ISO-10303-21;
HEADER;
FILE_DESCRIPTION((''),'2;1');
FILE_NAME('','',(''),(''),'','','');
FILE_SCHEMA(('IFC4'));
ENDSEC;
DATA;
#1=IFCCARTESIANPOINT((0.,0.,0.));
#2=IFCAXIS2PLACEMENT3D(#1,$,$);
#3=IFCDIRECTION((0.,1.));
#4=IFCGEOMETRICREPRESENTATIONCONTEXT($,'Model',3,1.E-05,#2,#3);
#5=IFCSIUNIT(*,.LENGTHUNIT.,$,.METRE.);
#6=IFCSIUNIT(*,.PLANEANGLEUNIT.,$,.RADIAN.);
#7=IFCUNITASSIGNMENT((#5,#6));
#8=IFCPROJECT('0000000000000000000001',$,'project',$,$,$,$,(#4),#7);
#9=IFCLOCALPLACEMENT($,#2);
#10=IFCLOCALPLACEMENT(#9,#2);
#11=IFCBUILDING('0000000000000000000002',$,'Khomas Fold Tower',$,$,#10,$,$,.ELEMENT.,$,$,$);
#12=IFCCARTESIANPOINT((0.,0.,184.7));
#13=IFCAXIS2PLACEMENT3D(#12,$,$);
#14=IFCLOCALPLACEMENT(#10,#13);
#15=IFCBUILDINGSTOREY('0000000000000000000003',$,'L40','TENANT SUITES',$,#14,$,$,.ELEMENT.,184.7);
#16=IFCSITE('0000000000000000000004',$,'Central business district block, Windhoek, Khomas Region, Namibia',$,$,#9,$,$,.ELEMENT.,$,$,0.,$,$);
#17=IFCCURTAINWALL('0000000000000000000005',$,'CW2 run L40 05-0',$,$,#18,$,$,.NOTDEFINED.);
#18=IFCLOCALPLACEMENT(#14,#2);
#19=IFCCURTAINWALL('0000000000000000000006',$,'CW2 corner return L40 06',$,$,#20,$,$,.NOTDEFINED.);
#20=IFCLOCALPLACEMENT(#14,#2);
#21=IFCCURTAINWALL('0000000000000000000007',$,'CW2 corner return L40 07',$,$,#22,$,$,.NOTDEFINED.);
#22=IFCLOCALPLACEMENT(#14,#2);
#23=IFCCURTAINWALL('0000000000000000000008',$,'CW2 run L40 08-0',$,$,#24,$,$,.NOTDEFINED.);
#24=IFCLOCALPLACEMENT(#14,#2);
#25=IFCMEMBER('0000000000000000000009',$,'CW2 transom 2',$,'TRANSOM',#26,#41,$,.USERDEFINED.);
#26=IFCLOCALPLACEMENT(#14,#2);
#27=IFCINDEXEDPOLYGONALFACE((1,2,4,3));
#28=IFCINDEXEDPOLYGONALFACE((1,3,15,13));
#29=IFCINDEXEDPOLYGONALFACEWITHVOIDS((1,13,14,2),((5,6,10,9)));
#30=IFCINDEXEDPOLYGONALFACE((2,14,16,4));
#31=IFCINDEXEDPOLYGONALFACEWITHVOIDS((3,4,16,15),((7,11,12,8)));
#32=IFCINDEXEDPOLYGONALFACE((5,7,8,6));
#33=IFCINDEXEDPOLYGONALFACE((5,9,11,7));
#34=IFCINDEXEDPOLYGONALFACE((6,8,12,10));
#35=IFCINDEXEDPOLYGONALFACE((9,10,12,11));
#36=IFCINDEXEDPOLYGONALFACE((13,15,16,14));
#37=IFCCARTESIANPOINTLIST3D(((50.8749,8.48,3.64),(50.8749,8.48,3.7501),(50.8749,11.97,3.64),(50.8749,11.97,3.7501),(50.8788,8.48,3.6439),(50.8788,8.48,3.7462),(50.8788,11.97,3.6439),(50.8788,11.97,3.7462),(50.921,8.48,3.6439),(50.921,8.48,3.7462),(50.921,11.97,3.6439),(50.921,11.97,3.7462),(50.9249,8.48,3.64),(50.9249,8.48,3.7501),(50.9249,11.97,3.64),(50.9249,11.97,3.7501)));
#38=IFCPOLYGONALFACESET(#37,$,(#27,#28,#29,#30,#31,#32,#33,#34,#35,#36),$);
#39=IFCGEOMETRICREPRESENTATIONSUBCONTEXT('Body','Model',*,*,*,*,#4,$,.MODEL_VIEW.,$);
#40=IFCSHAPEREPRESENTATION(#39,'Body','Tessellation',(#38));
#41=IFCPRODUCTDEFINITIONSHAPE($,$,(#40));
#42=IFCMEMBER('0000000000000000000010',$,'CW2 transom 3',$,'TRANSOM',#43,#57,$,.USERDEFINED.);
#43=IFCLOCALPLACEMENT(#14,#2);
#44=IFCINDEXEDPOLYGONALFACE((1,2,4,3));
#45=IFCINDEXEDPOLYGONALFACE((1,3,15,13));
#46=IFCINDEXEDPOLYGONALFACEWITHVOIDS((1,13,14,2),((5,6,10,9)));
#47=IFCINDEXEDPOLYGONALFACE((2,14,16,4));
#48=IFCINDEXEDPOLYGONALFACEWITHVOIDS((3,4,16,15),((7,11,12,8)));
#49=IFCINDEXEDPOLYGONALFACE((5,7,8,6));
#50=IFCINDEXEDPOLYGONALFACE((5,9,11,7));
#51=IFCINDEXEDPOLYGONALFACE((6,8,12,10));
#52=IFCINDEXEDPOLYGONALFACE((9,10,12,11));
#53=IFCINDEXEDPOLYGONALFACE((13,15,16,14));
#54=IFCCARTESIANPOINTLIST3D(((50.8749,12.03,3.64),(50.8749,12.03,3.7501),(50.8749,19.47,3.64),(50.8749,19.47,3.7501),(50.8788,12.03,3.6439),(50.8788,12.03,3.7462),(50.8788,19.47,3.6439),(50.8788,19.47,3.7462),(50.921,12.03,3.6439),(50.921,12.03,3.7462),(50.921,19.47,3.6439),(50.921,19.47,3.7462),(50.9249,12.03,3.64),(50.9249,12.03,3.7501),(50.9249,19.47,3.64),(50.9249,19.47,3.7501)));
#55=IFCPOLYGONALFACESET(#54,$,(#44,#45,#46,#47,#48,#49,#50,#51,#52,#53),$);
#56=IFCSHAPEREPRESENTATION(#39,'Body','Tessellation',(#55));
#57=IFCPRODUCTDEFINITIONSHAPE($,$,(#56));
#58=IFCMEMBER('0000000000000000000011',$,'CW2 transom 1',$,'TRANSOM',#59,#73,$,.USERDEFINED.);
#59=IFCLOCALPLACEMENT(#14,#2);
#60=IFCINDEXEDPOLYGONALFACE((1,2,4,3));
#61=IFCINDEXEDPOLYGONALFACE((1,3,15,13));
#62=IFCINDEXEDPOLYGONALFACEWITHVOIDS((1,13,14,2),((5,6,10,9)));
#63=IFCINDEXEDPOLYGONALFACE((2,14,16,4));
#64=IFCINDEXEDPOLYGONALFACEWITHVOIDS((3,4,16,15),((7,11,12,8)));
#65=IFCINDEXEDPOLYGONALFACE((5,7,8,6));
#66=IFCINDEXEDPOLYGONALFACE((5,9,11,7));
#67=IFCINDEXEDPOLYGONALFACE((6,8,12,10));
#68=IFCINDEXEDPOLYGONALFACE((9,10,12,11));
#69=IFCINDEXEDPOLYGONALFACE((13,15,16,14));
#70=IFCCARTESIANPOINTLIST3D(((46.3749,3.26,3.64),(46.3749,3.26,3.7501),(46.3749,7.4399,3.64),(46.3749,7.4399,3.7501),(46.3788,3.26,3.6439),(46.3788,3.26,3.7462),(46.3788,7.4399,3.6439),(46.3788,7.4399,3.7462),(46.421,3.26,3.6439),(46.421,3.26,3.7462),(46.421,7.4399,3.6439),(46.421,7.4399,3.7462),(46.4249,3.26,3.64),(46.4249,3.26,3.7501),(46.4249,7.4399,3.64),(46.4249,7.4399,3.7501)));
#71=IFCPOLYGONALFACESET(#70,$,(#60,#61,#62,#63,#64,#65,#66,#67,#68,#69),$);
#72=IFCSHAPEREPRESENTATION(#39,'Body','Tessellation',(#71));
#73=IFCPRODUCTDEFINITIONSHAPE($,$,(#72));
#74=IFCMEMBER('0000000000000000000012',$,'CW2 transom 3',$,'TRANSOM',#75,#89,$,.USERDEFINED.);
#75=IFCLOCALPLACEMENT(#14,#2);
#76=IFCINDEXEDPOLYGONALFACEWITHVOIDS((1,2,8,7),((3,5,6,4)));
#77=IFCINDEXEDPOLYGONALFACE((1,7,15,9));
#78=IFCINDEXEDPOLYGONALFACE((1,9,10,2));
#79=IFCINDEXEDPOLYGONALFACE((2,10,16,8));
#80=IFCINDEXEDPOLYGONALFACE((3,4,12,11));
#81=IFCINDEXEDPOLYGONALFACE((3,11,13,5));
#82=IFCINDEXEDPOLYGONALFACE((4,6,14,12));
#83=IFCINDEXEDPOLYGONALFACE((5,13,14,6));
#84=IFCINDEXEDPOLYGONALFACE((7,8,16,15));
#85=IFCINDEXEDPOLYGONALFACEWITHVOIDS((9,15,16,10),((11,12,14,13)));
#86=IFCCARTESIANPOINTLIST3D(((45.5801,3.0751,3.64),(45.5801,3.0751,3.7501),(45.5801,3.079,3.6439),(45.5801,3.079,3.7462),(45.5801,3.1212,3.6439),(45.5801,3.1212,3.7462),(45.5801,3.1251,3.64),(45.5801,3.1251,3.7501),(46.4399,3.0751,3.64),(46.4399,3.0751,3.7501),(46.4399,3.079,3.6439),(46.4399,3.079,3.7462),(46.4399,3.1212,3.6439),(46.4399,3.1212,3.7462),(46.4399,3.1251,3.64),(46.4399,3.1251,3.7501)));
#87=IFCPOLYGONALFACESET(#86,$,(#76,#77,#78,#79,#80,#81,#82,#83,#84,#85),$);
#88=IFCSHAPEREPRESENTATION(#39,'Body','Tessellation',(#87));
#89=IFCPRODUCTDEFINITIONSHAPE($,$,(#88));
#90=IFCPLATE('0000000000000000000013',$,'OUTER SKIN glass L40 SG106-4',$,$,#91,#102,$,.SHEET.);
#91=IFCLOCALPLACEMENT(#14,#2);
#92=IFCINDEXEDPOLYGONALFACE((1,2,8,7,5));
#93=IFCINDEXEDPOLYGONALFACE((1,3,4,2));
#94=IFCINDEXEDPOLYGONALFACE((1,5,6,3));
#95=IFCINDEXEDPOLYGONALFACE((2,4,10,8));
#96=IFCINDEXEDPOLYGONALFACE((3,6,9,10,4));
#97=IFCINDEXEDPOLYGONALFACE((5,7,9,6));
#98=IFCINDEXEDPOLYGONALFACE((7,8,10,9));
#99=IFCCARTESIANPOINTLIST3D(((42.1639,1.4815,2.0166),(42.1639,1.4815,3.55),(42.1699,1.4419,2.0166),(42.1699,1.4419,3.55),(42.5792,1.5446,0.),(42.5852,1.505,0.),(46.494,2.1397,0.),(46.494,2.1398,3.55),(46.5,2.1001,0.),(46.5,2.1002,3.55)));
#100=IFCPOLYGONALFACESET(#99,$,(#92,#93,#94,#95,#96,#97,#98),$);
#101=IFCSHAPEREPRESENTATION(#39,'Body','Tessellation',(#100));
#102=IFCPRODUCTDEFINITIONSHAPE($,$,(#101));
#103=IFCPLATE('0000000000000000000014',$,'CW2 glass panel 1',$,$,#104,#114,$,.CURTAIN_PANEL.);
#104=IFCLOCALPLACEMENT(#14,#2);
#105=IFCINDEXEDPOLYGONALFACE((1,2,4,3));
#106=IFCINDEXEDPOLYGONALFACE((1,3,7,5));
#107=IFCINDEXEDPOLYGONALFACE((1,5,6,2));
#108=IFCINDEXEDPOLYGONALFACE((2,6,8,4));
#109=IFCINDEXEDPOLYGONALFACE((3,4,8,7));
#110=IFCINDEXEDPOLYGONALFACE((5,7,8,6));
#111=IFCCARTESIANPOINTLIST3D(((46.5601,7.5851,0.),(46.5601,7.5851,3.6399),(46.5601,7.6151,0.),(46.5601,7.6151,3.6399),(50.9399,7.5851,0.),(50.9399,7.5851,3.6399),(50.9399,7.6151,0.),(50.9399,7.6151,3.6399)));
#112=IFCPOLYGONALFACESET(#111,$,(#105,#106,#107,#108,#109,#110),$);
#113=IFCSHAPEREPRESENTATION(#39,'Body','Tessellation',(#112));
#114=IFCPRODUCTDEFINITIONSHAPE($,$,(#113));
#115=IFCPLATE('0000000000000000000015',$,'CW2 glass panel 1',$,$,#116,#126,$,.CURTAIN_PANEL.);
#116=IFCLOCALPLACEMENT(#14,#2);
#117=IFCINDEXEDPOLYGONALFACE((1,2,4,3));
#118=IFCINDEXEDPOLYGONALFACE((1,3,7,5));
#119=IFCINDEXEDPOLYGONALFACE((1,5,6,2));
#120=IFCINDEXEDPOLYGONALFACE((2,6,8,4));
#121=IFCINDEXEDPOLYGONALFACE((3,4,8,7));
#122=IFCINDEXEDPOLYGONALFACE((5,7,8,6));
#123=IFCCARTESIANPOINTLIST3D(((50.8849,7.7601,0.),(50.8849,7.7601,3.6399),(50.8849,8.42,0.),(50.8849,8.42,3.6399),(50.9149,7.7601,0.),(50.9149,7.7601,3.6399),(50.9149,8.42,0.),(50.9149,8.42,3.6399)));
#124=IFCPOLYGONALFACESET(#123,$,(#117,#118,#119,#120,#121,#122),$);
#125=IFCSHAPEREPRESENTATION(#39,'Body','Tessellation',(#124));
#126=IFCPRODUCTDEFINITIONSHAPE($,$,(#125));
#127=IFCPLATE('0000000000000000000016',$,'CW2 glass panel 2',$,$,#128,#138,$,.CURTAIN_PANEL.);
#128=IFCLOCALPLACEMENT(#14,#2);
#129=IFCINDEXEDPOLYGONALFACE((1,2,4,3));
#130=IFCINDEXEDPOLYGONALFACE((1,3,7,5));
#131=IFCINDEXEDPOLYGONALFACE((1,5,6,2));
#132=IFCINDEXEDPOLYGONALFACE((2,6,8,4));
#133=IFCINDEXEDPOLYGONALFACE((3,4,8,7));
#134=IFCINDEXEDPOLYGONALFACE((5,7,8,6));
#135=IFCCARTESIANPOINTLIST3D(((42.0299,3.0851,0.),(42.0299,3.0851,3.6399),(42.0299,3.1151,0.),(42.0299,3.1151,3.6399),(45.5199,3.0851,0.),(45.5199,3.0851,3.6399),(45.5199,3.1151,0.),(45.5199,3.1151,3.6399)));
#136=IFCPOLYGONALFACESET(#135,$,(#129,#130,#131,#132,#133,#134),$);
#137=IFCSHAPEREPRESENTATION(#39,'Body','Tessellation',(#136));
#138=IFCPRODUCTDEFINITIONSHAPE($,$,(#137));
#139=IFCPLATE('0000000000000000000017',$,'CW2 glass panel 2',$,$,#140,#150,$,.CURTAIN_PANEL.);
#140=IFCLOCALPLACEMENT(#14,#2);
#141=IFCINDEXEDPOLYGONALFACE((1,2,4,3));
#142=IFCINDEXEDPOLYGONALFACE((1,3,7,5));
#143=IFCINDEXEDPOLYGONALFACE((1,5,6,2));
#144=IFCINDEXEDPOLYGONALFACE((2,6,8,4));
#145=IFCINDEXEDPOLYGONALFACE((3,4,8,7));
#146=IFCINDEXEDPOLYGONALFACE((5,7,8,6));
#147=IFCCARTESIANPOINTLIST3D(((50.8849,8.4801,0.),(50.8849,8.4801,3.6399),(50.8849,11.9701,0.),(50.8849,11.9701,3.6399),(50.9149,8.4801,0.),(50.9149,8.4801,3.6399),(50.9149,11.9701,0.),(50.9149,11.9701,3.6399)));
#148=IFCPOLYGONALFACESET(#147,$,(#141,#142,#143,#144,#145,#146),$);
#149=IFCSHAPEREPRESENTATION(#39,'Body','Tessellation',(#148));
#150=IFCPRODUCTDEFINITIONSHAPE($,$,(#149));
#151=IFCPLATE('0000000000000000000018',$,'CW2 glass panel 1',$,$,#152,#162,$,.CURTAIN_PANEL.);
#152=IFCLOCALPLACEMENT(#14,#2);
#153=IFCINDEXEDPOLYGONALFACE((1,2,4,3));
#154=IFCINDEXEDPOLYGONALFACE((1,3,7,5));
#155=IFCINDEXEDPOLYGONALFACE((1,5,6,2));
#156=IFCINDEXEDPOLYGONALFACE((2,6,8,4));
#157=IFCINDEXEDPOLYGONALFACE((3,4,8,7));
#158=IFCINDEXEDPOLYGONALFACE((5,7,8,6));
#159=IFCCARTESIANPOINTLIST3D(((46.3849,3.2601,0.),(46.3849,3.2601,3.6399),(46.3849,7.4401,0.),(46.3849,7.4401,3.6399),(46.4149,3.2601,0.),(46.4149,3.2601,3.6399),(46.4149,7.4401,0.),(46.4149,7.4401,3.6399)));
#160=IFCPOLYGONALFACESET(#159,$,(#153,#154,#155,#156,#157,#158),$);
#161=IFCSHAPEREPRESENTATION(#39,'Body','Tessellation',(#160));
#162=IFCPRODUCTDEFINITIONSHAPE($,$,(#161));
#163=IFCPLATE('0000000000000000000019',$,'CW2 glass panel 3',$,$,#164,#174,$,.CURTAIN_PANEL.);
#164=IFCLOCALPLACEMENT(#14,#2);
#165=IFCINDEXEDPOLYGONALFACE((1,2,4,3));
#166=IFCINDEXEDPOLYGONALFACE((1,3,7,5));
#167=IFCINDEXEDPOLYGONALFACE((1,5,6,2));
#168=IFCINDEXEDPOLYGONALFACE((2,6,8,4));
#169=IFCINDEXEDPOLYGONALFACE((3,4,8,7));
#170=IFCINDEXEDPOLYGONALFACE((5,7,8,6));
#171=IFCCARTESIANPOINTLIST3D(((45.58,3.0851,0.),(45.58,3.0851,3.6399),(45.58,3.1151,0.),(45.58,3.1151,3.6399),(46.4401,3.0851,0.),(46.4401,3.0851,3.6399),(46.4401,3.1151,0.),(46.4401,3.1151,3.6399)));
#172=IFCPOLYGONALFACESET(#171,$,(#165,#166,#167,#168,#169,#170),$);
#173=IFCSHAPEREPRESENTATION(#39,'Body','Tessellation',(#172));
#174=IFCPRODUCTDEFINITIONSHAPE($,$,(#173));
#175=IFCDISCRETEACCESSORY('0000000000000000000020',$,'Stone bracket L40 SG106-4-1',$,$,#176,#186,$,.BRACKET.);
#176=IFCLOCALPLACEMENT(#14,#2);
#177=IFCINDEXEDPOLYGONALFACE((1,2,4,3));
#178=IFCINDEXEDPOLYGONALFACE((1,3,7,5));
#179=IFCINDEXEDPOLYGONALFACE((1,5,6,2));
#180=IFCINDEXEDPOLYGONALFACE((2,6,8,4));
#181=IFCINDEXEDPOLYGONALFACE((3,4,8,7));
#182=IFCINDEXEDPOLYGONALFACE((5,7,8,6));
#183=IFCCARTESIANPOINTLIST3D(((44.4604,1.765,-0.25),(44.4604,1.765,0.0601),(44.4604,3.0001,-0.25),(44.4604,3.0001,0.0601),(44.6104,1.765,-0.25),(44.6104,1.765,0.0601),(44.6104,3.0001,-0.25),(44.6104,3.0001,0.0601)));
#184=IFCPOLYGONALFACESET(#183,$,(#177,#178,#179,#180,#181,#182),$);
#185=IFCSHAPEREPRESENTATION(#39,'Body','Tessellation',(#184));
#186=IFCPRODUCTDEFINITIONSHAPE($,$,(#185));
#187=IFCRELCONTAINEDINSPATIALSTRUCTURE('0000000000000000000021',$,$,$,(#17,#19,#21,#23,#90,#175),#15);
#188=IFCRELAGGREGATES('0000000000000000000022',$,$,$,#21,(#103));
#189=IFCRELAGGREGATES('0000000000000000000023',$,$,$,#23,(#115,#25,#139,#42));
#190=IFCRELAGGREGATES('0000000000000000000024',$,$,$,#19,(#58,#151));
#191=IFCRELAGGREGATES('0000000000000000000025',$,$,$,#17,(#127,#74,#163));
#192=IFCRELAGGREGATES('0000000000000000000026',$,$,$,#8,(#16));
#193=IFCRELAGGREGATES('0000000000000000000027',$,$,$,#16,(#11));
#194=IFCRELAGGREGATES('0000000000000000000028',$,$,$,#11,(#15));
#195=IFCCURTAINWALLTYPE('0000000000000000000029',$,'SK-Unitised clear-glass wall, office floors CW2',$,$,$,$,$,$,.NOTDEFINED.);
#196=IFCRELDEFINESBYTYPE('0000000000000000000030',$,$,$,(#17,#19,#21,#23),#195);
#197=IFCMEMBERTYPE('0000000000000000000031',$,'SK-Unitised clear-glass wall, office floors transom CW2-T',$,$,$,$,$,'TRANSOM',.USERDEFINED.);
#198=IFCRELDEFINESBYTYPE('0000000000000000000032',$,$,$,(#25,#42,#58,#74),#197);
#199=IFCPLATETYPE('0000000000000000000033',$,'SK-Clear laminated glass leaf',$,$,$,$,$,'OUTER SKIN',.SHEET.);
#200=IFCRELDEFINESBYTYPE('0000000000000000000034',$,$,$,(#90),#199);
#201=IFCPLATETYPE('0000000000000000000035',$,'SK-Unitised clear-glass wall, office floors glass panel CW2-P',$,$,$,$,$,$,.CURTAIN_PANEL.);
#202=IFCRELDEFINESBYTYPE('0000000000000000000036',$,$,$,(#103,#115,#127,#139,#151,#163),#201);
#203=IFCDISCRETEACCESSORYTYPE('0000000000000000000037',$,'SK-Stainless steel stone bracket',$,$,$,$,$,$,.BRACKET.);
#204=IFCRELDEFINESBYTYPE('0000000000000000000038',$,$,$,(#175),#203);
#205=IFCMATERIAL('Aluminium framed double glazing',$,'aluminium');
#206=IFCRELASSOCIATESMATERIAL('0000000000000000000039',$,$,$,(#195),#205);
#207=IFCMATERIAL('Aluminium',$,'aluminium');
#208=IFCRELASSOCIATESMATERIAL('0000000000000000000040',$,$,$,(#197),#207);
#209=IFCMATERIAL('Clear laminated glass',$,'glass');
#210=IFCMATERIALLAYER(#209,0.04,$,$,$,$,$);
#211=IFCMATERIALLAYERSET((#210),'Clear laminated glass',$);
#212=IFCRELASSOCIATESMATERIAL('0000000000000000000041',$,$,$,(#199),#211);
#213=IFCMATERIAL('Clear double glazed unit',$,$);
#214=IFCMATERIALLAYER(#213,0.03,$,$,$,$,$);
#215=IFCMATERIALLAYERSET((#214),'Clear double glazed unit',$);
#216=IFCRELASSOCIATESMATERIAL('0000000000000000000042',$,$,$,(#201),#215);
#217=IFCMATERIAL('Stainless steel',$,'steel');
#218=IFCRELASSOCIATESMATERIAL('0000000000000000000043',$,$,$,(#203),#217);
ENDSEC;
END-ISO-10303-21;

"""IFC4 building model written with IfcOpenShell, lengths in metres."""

from ifc_helpers import new_model, si_unit, direction, frame, origin, origin_2d, place, context, subcontext, project, spatial, polyline, rectangle, hollow_rectangle, outline, extrude, source, transform, mapped, material, layer, layer_set, material_profile, profile_set, type_object, element, aggregate, save


model = new_model("IFC4")

# Units and contexts
model_context = context("Model", 3, precision=1e-05, world=origin(), true_north=direction((0.0, 1.0)))
body_context = subcontext(model_context, "Body", "Model", "MODEL_VIEW")
ifc_project = project(units=[si_unit("LENGTHUNIT", "METRE"), si_unit("PLANEANGLEUNIT", "RADIAN")], contexts=[model_context])

# Site, building, storey
site_placement = place(None, origin())
site = spatial("IfcSite", under=ifc_project, at=site_placement, Name="Central business district block, Windhoek, Khomas Region, Namibia", CompositionType="ELEMENT", RefElevation=0.0)
building_placement = place(site_placement, origin())
building = spatial("IfcBuilding", under=site, at=building_placement, Name="Khomas Fold Tower", CompositionType="ELEMENT")
storey_placement = place(building_placement, frame((0.0, 0.0, 184.7)))
storey = spatial("IfcBuildingStorey", under=building, at=storey_placement, Name="L40", Description="TENANT SUITES", CompositionType="ELEMENT", Elevation=184.7)

# Curtain walls
ifc_material_1 = material(Name="Aluminium framed double glazing", Category="aluminium")
curtain_wall_type = type_object("IfcCurtainWallType", Name="SK-Unitised clear-glass wall, office floors CW2", PredefinedType="NOTDEFINED", material=ifc_material_1)
curtain_wall_1_placement = place(storey_placement, origin())
curtain_wall_1 = element("IfcCurtainWall", 1, at=curtain_wall_1_placement, inside=storey, type_object=curtain_wall_type, Name="CW2 run L40 05-0", PredefinedType="NOTDEFINED")
curtain_wall_2_placement = place(storey_placement, origin())
curtain_wall_2 = element("IfcCurtainWall", 2, at=curtain_wall_2_placement, inside=storey, type_object=curtain_wall_type, Name="CW2 corner return L40 06", PredefinedType="NOTDEFINED")
curtain_wall_3_placement = place(storey_placement, origin())
curtain_wall_3 = element("IfcCurtainWall", 3, at=curtain_wall_3_placement, inside=storey, type_object=curtain_wall_type, Name="CW2 corner return L40 07", PredefinedType="NOTDEFINED")
curtain_wall_4_placement = place(storey_placement, origin())
curtain_wall_4 = element("IfcCurtainWall", 4, at=curtain_wall_4_placement, inside=storey, type_object=curtain_wall_type, Name="CW2 run L40 08-0", PredefinedType="NOTDEFINED")

# Members
ifc_material_2 = material(Name="Aluminium", Category="aluminium")
ifc_material_profile_1 = material_profile(ifc_material_2, hollow_rectangle(XDim=0.05, YDim=0.1101, WallThickness=0.0039, at=origin_2d()), Name="SK-Unitised clear-glass wall, office floors transom CW2-T")
ifc_profile_set_1 = profile_set([ifc_material_profile_1], Name="Aluminium")
member_type_1 = type_object("IfcMemberType", Name="SK-Unitised clear-glass wall, office floors transom CW2-T", ElementType="TRANSOM", PredefinedType="USERDEFINED", material=ifc_profile_set_1)
shared_shape_1 = source(origin(), body_context, "Body", "SweptSolid", [
    extrude(hollow_rectangle(XDim=0.05, YDim=0.1101, WallThickness=0.0039, at=origin_2d()), origin(), (0.0, 0.0, 1.0), 3.49),
])
member_1_placement = place(storey_placement, frame((50.8999, 8.48, 3.6951), z_axis=(0.0, 1.0, 0.0), x_axis=(-1.0, 0.0, 0.0)))
member_1 = element("IfcMember", 5, at=member_1_placement, type_object=member_type_1, Name="CW2 transom 2", ObjectType="TRANSOM", PredefinedType="USERDEFINED", context=body_context, shape_type="MappedRepresentation", body=[
    mapped(shared_shape_1, transform((0.0, 0.0, 0.0))),
])
shared_shape_2 = source(origin(), body_context, "Body", "SweptSolid", [
    extrude(hollow_rectangle(XDim=0.05, YDim=0.1101, WallThickness=0.0039, at=origin_2d()), origin(), (0.0, 0.0, 1.0), 7.4399),
])
member_2_placement = place(storey_placement, frame((50.8999, 12.03, 3.6951), z_axis=(0.0, 1.0, 0.0), x_axis=(-1.0, 0.0, 0.0)))
member_2 = element("IfcMember", 6, at=member_2_placement, type_object=member_type_1, Name="CW2 transom 3", ObjectType="TRANSOM", PredefinedType="USERDEFINED", context=body_context, shape_type="MappedRepresentation", body=[
    mapped(shared_shape_2, transform((0.0, 0.0, 0.0))),
])
shared_shape_3 = source(origin(), body_context, "Body", "SweptSolid", [
    extrude(hollow_rectangle(XDim=0.05, YDim=0.1101, WallThickness=0.0039, at=origin_2d()), origin(), (0.0, 0.0, 1.0), 4.1799),
])
member_3_placement = place(storey_placement, frame((46.3999, 3.26, 3.6951), z_axis=(0.0, 1.0, 0.0), x_axis=(-1.0, 0.0, 0.0)))
member_3 = element("IfcMember", 7, at=member_3_placement, type_object=member_type_1, Name="CW2 transom 1", ObjectType="TRANSOM", PredefinedType="USERDEFINED", context=body_context, shape_type="MappedRepresentation", body=[
    mapped(shared_shape_3, transform((0.0, 0.0, 0.0))),
])
shared_shape_4 = source(origin(), body_context, "Body", "SweptSolid", [
    extrude(hollow_rectangle(XDim=0.05, YDim=0.1101, WallThickness=0.0039, at=origin_2d()), origin(), (0.0, 0.0, 1.0), 0.8599),
])
member_4_placement = place(storey_placement, frame((45.5801, 3.1001, 3.6951), z_axis=(1.0, 0.0, 0.0), x_axis=(0.0, 1.0, 0.0)))
member_4 = element("IfcMember", 8, at=member_4_placement, type_object=member_type_1, Name="CW2 transom 3", ObjectType="TRANSOM", PredefinedType="USERDEFINED", context=body_context, shape_type="MappedRepresentation", body=[
    mapped(shared_shape_4, transform((0.0, 0.0, 0.0))),
])

# Plates
ifc_material_3 = material(Name="Clear laminated glass", Category="glass")
ifc_layer_1 = layer(ifc_material_3, 0.04)
ifc_layer_set_1 = layer_set([ifc_layer_1], Name="Clear laminated glass")
plate_type_1 = type_object("IfcPlateType", Name="SK-Clear laminated glass leaf", ElementType="OUTER SKIN", PredefinedType="SHEET", material=ifc_layer_set_1)
plate_1_placement = place(storey_placement, frame((42.1699, 1.4419, 2.0166), z_axis=(0.15029, -0.988642, 0.00002), x_axis=(-0.000003, 0.000019, 1.0)))
element("IfcPlate", 9, at=plate_1_placement, inside=storey, type_object=plate_type_1, Name="OUTER SKIN glass L40 SG106-4", PredefinedType="SHEET", context=body_context, shape_type="SweptSolid", body=[
    extrude(outline(polyline([(0.0, 0.0), (1.5334, 0.0), (1.5334, -4.3798), (-2.0166, -4.3798), (-2.0166, -0.42), (0.0, 0.0)])), origin(), (0.0, 0.0, -1.0), 0.04),
])
ifc_material_4 = material(Name="Clear double glazed unit")
ifc_layer_2 = layer(ifc_material_4, 0.03)
ifc_layer_set_2 = layer_set([ifc_layer_2], Name="Clear double glazed unit")
plate_type_2 = type_object("IfcPlateType", Name="SK-Unitised clear-glass wall, office floors glass panel CW2-P", PredefinedType="CURTAIN_PANEL", material=ifc_layer_set_2)
shared_shape_5 = source(origin(), body_context, "Body", "SweptSolid", [
    extrude(rectangle(XDim=4.3799, YDim=0.03, at=origin_2d()), origin(), (0.0, 0.0, 1.0), 3.6399),
])
plate_2_placement = place(storey_placement, frame((48.75, 7.6001, 0.0), z_axis=(0.0, 0.0, 1.0), x_axis=(1.0, 0.0, 0.0)))
plate_2 = element("IfcPlate", 10, at=plate_2_placement, type_object=plate_type_2, Name="CW2 glass panel 1", PredefinedType="CURTAIN_PANEL", context=body_context, shape_type="MappedRepresentation", body=[
    mapped(shared_shape_5, transform((0.0, 0.0, 0.0))),
])
aggregate(curtain_wall_3, [plate_2])
shared_shape_6 = source(origin(), body_context, "Body", "SweptSolid", [
    extrude(rectangle(XDim=0.6599, YDim=0.03, at=origin_2d()), origin(), (0.0, 0.0, 1.0), 3.6399),
])
plate_3_placement = place(storey_placement, frame((50.8999, 8.0901, 0.0), z_axis=(0.0, 0.0, 1.0), x_axis=(0.0, 1.0, 0.0)))
plate_3 = element("IfcPlate", 11, at=plate_3_placement, type_object=plate_type_2, Name="CW2 glass panel 1", PredefinedType="CURTAIN_PANEL", context=body_context, shape_type="MappedRepresentation", body=[
    mapped(shared_shape_6, transform((0.0, 0.0, 0.0))),
])
shared_shape_7 = source(origin(), body_context, "Body", "SweptSolid", [
    extrude(rectangle(XDim=3.49, YDim=0.03, at=origin_2d()), origin(), (0.0, 0.0, 1.0), 3.6399),
])
plate_4_placement = place(storey_placement, frame((43.7749, 3.1001, 0.0), z_axis=(0.0, 0.0, 1.0), x_axis=(1.0, 0.0, 0.0)))
plate_4 = element("IfcPlate", 12, at=plate_4_placement, type_object=plate_type_2, Name="CW2 glass panel 2", PredefinedType="CURTAIN_PANEL", context=body_context, shape_type="MappedRepresentation", body=[
    mapped(shared_shape_7, transform((0.0, 0.0, 0.0))),
])
plate_5_placement = place(storey_placement, frame((50.8999, 10.2251, 0.0), z_axis=(0.0, 0.0, 1.0), x_axis=(0.0, 1.0, 0.0)))
plate_5 = element("IfcPlate", 13, at=plate_5_placement, type_object=plate_type_2, Name="CW2 glass panel 2", PredefinedType="CURTAIN_PANEL", context=body_context, shape_type="MappedRepresentation", body=[
    mapped(shared_shape_7, transform((0.0, 0.0, 0.0))),
])
aggregate(curtain_wall_4, [plate_3, member_1, plate_5, member_2])
shared_shape_8 = source(origin(), body_context, "Body", "SweptSolid", [
    extrude(rectangle(XDim=4.1799, YDim=0.03, at=origin_2d()), origin(), (0.0, 0.0, 1.0), 3.6399),
])
plate_6_placement = place(storey_placement, frame((46.3999, 5.3501, 0.0), z_axis=(0.0, 0.0, 1.0), x_axis=(0.0, 1.0, 0.0)))
plate_6 = element("IfcPlate", 14, at=plate_6_placement, type_object=plate_type_2, Name="CW2 glass panel 1", PredefinedType="CURTAIN_PANEL", context=body_context, shape_type="MappedRepresentation", body=[
    mapped(shared_shape_8, transform((0.0, 0.0, 0.0))),
])
aggregate(curtain_wall_2, [member_3, plate_6])
shared_shape_9 = source(origin(), body_context, "Body", "SweptSolid", [
    extrude(rectangle(XDim=0.8601, YDim=0.03, at=origin_2d()), origin(), (0.0, 0.0, 1.0), 3.6399),
])
plate_7_placement = place(storey_placement, frame((46.01, 3.1001, 0.0), z_axis=(0.0, 0.0, 1.0), x_axis=(1.0, 0.0, 0.0)))
plate_7 = element("IfcPlate", 15, at=plate_7_placement, type_object=plate_type_2, Name="CW2 glass panel 3", PredefinedType="CURTAIN_PANEL", context=body_context, shape_type="MappedRepresentation", body=[
    mapped(shared_shape_9, transform((0.0, 0.0, 0.0))),
])
aggregate(curtain_wall_1, [plate_4, member_4, plate_7])

# Discrete accessory
ifc_material_5 = material(Name="Stainless steel", Category="steel")
discrete_accessory_type = type_object("IfcDiscreteAccessoryType", Name="SK-Stainless steel stone bracket", PredefinedType="BRACKET", material=ifc_material_5)
shared_shape_10 = source(origin(), body_context, "Body", "SweptSolid", [
    extrude(rectangle(XDim=1.2351, YDim=0.1499, at=origin_2d()), origin(), (0.0, 0.0, 1.0), 0.3101),
])
discrete_accessory_placement = place(storey_placement, frame((44.5354, 2.3826, -0.25), z_axis=(0.0, 0.0, 1.0), x_axis=(0.0, -1.0, 0.0)))
element("IfcDiscreteAccessory", 16, at=discrete_accessory_placement, inside=storey, type_object=discrete_accessory_type, Name="Stone bracket L40 SG106-4-1", PredefinedType="BRACKET", context=body_context, shape_type="MappedRepresentation", body=[
    mapped(shared_shape_10, transform((0.0, 0.0, 0.0))),
])

save(model, "model.ifc")
